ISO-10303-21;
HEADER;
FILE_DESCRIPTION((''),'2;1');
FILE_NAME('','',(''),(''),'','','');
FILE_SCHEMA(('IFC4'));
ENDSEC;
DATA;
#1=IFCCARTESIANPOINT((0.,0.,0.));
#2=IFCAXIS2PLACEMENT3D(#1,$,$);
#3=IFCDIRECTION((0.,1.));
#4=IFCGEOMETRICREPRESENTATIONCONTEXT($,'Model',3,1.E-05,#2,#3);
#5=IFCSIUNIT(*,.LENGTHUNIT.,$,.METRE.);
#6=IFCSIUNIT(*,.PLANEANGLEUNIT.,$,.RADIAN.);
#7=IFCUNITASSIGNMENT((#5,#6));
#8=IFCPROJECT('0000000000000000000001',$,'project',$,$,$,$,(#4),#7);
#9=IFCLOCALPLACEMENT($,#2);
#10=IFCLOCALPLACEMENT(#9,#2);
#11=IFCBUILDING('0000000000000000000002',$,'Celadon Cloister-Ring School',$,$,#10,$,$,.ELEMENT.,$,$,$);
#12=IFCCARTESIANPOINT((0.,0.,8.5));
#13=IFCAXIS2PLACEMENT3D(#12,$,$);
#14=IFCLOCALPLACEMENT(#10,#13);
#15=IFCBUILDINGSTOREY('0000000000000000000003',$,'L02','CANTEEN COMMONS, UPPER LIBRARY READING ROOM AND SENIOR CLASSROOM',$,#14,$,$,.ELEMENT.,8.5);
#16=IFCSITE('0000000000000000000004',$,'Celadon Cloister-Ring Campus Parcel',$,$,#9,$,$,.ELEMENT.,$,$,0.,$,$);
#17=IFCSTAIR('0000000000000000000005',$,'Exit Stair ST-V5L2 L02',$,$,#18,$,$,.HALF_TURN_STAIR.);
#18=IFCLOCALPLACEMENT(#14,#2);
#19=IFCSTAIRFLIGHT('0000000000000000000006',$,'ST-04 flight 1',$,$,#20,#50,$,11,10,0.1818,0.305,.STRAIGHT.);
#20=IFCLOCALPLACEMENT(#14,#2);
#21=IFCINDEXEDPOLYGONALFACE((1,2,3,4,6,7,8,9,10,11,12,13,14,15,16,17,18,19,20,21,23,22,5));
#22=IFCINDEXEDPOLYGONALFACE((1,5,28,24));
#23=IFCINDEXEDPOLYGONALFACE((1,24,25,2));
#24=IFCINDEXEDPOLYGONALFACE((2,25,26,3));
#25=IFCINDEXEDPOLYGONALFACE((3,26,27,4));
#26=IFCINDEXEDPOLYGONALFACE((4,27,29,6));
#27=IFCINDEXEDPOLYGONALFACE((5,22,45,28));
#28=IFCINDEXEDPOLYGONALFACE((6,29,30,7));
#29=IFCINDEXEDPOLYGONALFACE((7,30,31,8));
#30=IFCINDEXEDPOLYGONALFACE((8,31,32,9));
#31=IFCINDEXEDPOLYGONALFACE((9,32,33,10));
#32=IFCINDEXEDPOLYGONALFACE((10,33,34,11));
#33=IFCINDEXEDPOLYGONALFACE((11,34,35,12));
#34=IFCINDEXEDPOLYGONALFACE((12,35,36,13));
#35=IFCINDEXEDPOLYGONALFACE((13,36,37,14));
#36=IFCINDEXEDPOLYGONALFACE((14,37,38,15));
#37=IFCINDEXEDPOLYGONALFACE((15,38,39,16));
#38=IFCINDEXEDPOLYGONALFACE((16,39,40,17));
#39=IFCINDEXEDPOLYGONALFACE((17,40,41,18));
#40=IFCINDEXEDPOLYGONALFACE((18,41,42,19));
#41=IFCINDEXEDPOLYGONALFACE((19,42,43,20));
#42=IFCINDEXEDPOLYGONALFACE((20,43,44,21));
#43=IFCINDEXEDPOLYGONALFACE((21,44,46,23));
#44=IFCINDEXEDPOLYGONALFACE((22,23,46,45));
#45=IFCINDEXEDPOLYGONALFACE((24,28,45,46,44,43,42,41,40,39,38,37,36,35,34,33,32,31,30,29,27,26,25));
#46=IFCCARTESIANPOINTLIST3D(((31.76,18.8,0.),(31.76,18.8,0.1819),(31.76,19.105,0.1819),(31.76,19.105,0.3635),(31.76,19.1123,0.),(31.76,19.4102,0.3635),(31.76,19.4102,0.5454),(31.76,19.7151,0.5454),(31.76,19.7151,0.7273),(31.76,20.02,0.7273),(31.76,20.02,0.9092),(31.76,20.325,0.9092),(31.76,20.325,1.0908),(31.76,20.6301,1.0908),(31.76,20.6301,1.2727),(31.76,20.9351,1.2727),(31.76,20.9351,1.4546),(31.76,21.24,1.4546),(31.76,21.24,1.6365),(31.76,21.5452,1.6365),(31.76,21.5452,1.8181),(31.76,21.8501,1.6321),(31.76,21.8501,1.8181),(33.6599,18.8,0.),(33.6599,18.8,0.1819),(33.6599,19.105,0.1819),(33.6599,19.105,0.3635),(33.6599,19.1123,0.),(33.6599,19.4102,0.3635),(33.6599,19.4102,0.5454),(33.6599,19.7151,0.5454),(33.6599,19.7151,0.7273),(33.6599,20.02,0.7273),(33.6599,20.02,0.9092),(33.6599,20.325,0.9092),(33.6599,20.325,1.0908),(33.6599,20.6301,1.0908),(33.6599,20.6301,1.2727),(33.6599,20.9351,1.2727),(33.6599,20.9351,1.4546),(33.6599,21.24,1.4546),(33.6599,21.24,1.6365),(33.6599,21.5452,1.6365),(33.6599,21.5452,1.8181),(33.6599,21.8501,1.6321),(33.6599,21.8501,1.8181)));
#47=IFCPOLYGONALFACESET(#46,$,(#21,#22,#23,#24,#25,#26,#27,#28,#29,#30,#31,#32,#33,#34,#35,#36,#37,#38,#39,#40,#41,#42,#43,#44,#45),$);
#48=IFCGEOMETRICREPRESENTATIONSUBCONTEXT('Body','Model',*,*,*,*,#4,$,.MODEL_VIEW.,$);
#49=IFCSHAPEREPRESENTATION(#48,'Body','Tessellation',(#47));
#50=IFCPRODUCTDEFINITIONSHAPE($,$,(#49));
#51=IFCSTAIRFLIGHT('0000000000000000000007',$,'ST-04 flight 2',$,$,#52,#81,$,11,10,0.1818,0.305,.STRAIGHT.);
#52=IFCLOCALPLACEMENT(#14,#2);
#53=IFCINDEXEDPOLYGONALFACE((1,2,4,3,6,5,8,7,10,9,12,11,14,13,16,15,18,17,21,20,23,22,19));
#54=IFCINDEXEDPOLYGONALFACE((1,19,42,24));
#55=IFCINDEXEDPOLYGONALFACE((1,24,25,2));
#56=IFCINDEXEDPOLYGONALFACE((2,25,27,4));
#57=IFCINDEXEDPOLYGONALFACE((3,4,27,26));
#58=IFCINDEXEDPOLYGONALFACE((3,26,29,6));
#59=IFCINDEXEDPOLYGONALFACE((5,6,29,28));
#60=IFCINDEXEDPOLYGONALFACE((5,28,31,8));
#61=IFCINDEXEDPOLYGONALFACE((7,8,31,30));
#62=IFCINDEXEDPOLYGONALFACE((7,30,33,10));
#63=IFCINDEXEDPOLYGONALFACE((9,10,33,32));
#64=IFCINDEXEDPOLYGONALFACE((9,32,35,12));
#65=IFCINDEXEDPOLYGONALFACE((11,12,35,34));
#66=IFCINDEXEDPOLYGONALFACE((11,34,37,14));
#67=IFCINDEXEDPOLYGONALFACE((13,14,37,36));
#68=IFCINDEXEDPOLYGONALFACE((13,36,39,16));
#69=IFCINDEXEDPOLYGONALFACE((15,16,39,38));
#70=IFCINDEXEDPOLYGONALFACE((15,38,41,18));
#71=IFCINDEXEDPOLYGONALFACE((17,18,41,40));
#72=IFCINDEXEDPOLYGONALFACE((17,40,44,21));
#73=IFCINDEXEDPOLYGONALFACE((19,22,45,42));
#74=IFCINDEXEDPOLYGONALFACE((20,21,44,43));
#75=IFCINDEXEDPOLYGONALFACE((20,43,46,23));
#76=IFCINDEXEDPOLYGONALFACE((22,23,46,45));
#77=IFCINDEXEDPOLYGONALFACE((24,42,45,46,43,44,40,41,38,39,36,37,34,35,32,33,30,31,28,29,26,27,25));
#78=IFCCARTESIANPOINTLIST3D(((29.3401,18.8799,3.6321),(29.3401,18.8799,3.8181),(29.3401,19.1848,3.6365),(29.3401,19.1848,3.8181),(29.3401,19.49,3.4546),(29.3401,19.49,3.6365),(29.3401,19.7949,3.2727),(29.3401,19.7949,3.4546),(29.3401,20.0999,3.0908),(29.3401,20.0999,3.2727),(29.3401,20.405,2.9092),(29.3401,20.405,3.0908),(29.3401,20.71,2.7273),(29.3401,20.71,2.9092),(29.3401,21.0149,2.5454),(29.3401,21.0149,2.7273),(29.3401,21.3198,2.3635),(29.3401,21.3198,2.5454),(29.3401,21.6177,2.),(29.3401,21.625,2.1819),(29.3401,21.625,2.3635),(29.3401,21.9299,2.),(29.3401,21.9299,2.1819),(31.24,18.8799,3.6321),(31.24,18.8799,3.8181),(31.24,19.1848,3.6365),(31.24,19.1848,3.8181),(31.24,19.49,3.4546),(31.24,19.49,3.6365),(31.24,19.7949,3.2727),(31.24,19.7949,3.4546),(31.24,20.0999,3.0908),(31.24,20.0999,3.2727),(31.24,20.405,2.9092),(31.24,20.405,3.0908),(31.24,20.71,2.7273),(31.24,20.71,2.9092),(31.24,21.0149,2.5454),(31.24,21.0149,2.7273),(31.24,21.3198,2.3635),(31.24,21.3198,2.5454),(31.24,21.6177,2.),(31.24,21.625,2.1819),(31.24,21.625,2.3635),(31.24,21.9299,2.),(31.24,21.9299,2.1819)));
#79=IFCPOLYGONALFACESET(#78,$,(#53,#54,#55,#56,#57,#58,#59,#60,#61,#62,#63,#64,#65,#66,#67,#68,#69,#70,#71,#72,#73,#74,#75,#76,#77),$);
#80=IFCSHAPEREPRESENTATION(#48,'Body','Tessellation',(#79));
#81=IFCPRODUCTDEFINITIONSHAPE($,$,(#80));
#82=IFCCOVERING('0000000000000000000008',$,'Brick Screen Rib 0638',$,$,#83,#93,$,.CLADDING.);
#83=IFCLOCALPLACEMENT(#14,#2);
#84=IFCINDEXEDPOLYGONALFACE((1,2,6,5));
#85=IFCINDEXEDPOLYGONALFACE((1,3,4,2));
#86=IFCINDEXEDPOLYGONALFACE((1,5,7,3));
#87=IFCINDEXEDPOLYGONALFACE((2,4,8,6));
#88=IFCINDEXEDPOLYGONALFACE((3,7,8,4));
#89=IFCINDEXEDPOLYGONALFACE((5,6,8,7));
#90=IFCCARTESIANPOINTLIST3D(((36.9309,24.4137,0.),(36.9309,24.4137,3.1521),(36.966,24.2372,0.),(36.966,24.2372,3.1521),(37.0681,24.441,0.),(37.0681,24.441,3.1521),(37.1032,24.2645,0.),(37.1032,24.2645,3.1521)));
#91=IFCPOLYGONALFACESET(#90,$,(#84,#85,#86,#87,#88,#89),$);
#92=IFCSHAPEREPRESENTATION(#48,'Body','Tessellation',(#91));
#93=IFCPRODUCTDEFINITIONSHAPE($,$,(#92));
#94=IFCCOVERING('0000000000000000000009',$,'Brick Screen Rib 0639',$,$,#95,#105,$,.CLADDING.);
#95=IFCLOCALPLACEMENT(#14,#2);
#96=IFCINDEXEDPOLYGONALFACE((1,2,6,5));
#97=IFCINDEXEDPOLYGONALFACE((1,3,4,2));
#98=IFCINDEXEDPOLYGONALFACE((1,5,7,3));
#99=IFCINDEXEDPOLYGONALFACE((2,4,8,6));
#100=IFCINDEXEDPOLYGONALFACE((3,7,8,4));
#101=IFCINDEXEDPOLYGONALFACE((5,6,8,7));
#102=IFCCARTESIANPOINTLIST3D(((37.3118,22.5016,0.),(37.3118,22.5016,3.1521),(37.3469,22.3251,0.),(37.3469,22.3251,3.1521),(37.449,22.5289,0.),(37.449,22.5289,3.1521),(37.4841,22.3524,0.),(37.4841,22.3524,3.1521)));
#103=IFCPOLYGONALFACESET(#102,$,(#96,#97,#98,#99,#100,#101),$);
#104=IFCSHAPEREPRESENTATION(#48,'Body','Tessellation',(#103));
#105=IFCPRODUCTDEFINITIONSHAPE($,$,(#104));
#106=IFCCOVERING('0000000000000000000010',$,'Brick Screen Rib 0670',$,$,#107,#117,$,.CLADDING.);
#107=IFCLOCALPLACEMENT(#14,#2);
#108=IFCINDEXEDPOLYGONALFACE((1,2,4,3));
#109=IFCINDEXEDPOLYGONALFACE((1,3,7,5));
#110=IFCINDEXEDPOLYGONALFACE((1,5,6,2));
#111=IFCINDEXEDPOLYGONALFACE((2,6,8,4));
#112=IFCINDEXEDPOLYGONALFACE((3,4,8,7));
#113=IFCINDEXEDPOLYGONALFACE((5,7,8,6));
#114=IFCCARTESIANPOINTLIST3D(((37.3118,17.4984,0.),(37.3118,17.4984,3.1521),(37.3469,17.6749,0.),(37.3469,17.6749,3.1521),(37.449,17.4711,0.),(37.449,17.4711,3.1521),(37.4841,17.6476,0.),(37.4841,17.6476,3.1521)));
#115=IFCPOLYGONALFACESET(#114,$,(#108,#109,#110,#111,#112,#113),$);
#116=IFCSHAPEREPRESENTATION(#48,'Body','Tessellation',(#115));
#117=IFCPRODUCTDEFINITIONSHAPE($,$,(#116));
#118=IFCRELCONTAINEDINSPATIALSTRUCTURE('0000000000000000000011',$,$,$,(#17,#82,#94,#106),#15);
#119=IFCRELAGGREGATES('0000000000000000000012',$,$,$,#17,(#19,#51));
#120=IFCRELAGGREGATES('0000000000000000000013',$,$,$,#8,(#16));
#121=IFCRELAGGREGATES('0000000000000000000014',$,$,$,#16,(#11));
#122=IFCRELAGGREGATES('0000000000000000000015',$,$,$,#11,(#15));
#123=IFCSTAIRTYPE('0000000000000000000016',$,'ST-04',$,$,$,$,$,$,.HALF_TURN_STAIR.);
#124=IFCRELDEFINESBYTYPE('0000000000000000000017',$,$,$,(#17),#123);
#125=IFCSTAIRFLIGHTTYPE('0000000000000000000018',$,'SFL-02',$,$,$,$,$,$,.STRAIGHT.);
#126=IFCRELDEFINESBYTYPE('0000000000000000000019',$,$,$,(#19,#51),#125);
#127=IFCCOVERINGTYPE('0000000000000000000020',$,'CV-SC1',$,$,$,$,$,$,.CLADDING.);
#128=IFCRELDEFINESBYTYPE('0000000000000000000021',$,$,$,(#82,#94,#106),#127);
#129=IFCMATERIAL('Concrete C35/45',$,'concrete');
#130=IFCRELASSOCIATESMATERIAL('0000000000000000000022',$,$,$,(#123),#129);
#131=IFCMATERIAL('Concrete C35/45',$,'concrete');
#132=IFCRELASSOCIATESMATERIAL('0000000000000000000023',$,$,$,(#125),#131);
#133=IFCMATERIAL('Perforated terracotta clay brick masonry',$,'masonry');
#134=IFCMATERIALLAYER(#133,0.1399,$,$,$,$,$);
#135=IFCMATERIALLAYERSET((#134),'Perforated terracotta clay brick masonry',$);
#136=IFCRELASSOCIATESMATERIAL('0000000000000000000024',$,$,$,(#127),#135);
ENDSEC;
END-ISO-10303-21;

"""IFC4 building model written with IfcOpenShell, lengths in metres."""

from ifc_helpers import new_model, si_unit, direction, frame, origin, origin_2d, place, context, subcontext, project, spatial, polyline, rectangle, outline, extrude, material, layer, layer_set, type_object, element, aggregate, save


model = new_model("IFC4")

# Units and contexts
model_context = context("Model", 3, precision=1e-05, world=origin(), true_north=direction((0.0, 1.0)))
body_context = subcontext(model_context, "Body", "Model", "MODEL_VIEW")
ifc_project = project(units=[si_unit("LENGTHUNIT", "METRE"), si_unit("PLANEANGLEUNIT", "RADIAN")], contexts=[model_context])

# Site, building, storey
site_placement = place(None, origin())
site = spatial("IfcSite", under=ifc_project, at=site_placement, Name="Celadon Cloister-Ring Campus Parcel", CompositionType="ELEMENT", RefElevation=0.0)
building_placement = place(site_placement, origin())
building = spatial("IfcBuilding", under=site, at=building_placement, Name="Celadon Cloister-Ring School", CompositionType="ELEMENT")
storey_placement = place(building_placement, frame((0.0, 0.0, 8.5)))
storey = spatial("IfcBuildingStorey", under=building, at=storey_placement, Name="L02", Description="CANTEEN COMMONS, UPPER LIBRARY READING ROOM AND SENIOR CLASSROOM", CompositionType="ELEMENT", Elevation=8.5)

# Stair, stair flights
ifc_material_1 = material(Name="Concrete C35/45", Category="concrete")
stair_type = type_object("IfcStairType", Name="ST-04", PredefinedType="HALF_TURN_STAIR", material=ifc_material_1)
stair_placement = place(storey_placement, origin())
stair = element("IfcStair", 1, at=stair_placement, inside=storey, type_object=stair_type, Name="Exit Stair ST-V5L2 L02", PredefinedType="HALF_TURN_STAIR")
ifc_material_2 = material(Name="Concrete C35/45", Category="concrete")
stair_flight_type = type_object("IfcStairFlightType", Name="SFL-02", PredefinedType="STRAIGHT", material=ifc_material_2)
stair_flight_1_placement = place(storey_placement, frame((32.71, 18.8, 0.0), z_axis=(0.0, 0.0, 1.0), x_axis=(0.0, 1.0, 0.0)))
stair_flight_1 = element("IfcStairFlight", 2, at=stair_flight_1_placement, type_object=stair_flight_type, Name="ST-04 flight 1", NumberOfRisers=11, NumberOfTreads=10, PredefinedType="STRAIGHT", RiserHeight=0.1818, TreadLength=0.305, context=body_context, shape_type="SweptSolid", body=[
    extrude(outline(polyline([(0.0, 0.0), (0.0, 0.1819), (0.3049, 0.1819), (0.3049, 0.3635), (0.6101, 0.3635), (0.6101, 0.5454), (0.915, 0.5454), (0.915, 0.7273), (1.22, 0.7273), (1.22, 0.9092), (1.5249, 0.9092), (1.5249, 1.0908), (1.8301, 1.0908), (1.8301, 1.2727), (2.135, 1.2727), (2.135, 1.4546), (2.4399, 1.4546), (2.4399, 1.6365), (2.7451, 1.6365), (2.7451, 1.8181), (3.05, 1.8181), (3.05, 2.0), (3.05, 1.6321), (0.3123, 0.0), (0.0, 0.0)])), frame((0.0, 0.95, 0.0), z_axis=(0.0, -1.0, 0.0), x_axis=(1.0, 0.0, 0.0)), (0.0, 0.0, 1.0), 1.8999),
])
stair_flight_2_placement = place(storey_placement, frame((30.29, 21.9299, 2.0), z_axis=(0.0, 0.0, 1.0), x_axis=(0.0, -1.0, 0.0)))
stair_flight_2 = element("IfcStairFlight", 3, at=stair_flight_2_placement, type_object=stair_flight_type, Name="ST-04 flight 2", NumberOfRisers=11, NumberOfTreads=10, PredefinedType="STRAIGHT", RiserHeight=0.1818, TreadLength=0.305, context=body_context, shape_type="SweptSolid", body=[
    extrude(outline(polyline([(0.0, 0.0), (0.0, 0.1819), (0.3049, 0.1819), (0.3049, 0.3635), (0.6101, 0.3635), (0.6101, 0.5454), (0.915, 0.5454), (0.915, 0.7273), (1.22, 0.7273), (1.22, 0.9092), (1.5249, 0.9092), (1.5249, 1.0908), (1.8301, 1.0908), (1.8301, 1.2727), (2.135, 1.2727), (2.135, 1.4546), (2.4399, 1.4546), (2.4399, 1.6365), (2.7451, 1.6365), (2.7451, 1.8181), (3.05, 1.8181), (3.05, 2.0), (3.05, 1.6321), (0.3123, 0.0), (0.0, 0.0)])), frame((0.0, 0.95, 0.0), z_axis=(0.0, -1.0, 0.0), x_axis=(1.0, 0.0, 0.0)), (0.0, 0.0, 1.0), 1.8999),
])
aggregate(stair, [stair_flight_1, stair_flight_2])

# Coverings
ifc_material_3 = material(Name="Perforated terracotta clay brick masonry", Category="masonry")
ifc_layer_1 = layer(ifc_material_3, 0.1399)
ifc_layer_set_1 = layer_set([ifc_layer_1], Name="Perforated terracotta clay brick masonry")
covering_type = type_object("IfcCoveringType", Name="CV-SC1", PredefinedType="CLADDING", material=ifc_layer_set_1)
for number, where, z_axis, x_axis, name in (
    (4, (37.0171, 24.3391, 0.0), (0.0, 0.0, 1.0), (0.195142, -0.980775, 0.0), "Brick Screen Rib 0638"),
    (5, (37.3979, 22.427, 0.0), (0.0, 0.0, 1.0), (0.195142, -0.980775, 0.0), "Brick Screen Rib 0639"),
    (6, (37.3979, 17.573, 0.0), (0.0, 0.0, 1.0), (-0.195142, -0.980775, 0.0), "Brick Screen Rib 0670"),
):
    element("IfcCovering", number, at=place(storey_placement, frame(where, z_axis=z_axis, x_axis=x_axis)), inside=storey, type_object=covering_type, Name=name, PredefinedType="CLADDING", context=body_context, shape_type="SweptSolid", body=[
        extrude(rectangle(XDim=0.1799, YDim=0.1399, at=origin_2d()), origin(), (0.0, 0.0, 1.0), 3.1521),
    ])

save(model, "model.ifc")
